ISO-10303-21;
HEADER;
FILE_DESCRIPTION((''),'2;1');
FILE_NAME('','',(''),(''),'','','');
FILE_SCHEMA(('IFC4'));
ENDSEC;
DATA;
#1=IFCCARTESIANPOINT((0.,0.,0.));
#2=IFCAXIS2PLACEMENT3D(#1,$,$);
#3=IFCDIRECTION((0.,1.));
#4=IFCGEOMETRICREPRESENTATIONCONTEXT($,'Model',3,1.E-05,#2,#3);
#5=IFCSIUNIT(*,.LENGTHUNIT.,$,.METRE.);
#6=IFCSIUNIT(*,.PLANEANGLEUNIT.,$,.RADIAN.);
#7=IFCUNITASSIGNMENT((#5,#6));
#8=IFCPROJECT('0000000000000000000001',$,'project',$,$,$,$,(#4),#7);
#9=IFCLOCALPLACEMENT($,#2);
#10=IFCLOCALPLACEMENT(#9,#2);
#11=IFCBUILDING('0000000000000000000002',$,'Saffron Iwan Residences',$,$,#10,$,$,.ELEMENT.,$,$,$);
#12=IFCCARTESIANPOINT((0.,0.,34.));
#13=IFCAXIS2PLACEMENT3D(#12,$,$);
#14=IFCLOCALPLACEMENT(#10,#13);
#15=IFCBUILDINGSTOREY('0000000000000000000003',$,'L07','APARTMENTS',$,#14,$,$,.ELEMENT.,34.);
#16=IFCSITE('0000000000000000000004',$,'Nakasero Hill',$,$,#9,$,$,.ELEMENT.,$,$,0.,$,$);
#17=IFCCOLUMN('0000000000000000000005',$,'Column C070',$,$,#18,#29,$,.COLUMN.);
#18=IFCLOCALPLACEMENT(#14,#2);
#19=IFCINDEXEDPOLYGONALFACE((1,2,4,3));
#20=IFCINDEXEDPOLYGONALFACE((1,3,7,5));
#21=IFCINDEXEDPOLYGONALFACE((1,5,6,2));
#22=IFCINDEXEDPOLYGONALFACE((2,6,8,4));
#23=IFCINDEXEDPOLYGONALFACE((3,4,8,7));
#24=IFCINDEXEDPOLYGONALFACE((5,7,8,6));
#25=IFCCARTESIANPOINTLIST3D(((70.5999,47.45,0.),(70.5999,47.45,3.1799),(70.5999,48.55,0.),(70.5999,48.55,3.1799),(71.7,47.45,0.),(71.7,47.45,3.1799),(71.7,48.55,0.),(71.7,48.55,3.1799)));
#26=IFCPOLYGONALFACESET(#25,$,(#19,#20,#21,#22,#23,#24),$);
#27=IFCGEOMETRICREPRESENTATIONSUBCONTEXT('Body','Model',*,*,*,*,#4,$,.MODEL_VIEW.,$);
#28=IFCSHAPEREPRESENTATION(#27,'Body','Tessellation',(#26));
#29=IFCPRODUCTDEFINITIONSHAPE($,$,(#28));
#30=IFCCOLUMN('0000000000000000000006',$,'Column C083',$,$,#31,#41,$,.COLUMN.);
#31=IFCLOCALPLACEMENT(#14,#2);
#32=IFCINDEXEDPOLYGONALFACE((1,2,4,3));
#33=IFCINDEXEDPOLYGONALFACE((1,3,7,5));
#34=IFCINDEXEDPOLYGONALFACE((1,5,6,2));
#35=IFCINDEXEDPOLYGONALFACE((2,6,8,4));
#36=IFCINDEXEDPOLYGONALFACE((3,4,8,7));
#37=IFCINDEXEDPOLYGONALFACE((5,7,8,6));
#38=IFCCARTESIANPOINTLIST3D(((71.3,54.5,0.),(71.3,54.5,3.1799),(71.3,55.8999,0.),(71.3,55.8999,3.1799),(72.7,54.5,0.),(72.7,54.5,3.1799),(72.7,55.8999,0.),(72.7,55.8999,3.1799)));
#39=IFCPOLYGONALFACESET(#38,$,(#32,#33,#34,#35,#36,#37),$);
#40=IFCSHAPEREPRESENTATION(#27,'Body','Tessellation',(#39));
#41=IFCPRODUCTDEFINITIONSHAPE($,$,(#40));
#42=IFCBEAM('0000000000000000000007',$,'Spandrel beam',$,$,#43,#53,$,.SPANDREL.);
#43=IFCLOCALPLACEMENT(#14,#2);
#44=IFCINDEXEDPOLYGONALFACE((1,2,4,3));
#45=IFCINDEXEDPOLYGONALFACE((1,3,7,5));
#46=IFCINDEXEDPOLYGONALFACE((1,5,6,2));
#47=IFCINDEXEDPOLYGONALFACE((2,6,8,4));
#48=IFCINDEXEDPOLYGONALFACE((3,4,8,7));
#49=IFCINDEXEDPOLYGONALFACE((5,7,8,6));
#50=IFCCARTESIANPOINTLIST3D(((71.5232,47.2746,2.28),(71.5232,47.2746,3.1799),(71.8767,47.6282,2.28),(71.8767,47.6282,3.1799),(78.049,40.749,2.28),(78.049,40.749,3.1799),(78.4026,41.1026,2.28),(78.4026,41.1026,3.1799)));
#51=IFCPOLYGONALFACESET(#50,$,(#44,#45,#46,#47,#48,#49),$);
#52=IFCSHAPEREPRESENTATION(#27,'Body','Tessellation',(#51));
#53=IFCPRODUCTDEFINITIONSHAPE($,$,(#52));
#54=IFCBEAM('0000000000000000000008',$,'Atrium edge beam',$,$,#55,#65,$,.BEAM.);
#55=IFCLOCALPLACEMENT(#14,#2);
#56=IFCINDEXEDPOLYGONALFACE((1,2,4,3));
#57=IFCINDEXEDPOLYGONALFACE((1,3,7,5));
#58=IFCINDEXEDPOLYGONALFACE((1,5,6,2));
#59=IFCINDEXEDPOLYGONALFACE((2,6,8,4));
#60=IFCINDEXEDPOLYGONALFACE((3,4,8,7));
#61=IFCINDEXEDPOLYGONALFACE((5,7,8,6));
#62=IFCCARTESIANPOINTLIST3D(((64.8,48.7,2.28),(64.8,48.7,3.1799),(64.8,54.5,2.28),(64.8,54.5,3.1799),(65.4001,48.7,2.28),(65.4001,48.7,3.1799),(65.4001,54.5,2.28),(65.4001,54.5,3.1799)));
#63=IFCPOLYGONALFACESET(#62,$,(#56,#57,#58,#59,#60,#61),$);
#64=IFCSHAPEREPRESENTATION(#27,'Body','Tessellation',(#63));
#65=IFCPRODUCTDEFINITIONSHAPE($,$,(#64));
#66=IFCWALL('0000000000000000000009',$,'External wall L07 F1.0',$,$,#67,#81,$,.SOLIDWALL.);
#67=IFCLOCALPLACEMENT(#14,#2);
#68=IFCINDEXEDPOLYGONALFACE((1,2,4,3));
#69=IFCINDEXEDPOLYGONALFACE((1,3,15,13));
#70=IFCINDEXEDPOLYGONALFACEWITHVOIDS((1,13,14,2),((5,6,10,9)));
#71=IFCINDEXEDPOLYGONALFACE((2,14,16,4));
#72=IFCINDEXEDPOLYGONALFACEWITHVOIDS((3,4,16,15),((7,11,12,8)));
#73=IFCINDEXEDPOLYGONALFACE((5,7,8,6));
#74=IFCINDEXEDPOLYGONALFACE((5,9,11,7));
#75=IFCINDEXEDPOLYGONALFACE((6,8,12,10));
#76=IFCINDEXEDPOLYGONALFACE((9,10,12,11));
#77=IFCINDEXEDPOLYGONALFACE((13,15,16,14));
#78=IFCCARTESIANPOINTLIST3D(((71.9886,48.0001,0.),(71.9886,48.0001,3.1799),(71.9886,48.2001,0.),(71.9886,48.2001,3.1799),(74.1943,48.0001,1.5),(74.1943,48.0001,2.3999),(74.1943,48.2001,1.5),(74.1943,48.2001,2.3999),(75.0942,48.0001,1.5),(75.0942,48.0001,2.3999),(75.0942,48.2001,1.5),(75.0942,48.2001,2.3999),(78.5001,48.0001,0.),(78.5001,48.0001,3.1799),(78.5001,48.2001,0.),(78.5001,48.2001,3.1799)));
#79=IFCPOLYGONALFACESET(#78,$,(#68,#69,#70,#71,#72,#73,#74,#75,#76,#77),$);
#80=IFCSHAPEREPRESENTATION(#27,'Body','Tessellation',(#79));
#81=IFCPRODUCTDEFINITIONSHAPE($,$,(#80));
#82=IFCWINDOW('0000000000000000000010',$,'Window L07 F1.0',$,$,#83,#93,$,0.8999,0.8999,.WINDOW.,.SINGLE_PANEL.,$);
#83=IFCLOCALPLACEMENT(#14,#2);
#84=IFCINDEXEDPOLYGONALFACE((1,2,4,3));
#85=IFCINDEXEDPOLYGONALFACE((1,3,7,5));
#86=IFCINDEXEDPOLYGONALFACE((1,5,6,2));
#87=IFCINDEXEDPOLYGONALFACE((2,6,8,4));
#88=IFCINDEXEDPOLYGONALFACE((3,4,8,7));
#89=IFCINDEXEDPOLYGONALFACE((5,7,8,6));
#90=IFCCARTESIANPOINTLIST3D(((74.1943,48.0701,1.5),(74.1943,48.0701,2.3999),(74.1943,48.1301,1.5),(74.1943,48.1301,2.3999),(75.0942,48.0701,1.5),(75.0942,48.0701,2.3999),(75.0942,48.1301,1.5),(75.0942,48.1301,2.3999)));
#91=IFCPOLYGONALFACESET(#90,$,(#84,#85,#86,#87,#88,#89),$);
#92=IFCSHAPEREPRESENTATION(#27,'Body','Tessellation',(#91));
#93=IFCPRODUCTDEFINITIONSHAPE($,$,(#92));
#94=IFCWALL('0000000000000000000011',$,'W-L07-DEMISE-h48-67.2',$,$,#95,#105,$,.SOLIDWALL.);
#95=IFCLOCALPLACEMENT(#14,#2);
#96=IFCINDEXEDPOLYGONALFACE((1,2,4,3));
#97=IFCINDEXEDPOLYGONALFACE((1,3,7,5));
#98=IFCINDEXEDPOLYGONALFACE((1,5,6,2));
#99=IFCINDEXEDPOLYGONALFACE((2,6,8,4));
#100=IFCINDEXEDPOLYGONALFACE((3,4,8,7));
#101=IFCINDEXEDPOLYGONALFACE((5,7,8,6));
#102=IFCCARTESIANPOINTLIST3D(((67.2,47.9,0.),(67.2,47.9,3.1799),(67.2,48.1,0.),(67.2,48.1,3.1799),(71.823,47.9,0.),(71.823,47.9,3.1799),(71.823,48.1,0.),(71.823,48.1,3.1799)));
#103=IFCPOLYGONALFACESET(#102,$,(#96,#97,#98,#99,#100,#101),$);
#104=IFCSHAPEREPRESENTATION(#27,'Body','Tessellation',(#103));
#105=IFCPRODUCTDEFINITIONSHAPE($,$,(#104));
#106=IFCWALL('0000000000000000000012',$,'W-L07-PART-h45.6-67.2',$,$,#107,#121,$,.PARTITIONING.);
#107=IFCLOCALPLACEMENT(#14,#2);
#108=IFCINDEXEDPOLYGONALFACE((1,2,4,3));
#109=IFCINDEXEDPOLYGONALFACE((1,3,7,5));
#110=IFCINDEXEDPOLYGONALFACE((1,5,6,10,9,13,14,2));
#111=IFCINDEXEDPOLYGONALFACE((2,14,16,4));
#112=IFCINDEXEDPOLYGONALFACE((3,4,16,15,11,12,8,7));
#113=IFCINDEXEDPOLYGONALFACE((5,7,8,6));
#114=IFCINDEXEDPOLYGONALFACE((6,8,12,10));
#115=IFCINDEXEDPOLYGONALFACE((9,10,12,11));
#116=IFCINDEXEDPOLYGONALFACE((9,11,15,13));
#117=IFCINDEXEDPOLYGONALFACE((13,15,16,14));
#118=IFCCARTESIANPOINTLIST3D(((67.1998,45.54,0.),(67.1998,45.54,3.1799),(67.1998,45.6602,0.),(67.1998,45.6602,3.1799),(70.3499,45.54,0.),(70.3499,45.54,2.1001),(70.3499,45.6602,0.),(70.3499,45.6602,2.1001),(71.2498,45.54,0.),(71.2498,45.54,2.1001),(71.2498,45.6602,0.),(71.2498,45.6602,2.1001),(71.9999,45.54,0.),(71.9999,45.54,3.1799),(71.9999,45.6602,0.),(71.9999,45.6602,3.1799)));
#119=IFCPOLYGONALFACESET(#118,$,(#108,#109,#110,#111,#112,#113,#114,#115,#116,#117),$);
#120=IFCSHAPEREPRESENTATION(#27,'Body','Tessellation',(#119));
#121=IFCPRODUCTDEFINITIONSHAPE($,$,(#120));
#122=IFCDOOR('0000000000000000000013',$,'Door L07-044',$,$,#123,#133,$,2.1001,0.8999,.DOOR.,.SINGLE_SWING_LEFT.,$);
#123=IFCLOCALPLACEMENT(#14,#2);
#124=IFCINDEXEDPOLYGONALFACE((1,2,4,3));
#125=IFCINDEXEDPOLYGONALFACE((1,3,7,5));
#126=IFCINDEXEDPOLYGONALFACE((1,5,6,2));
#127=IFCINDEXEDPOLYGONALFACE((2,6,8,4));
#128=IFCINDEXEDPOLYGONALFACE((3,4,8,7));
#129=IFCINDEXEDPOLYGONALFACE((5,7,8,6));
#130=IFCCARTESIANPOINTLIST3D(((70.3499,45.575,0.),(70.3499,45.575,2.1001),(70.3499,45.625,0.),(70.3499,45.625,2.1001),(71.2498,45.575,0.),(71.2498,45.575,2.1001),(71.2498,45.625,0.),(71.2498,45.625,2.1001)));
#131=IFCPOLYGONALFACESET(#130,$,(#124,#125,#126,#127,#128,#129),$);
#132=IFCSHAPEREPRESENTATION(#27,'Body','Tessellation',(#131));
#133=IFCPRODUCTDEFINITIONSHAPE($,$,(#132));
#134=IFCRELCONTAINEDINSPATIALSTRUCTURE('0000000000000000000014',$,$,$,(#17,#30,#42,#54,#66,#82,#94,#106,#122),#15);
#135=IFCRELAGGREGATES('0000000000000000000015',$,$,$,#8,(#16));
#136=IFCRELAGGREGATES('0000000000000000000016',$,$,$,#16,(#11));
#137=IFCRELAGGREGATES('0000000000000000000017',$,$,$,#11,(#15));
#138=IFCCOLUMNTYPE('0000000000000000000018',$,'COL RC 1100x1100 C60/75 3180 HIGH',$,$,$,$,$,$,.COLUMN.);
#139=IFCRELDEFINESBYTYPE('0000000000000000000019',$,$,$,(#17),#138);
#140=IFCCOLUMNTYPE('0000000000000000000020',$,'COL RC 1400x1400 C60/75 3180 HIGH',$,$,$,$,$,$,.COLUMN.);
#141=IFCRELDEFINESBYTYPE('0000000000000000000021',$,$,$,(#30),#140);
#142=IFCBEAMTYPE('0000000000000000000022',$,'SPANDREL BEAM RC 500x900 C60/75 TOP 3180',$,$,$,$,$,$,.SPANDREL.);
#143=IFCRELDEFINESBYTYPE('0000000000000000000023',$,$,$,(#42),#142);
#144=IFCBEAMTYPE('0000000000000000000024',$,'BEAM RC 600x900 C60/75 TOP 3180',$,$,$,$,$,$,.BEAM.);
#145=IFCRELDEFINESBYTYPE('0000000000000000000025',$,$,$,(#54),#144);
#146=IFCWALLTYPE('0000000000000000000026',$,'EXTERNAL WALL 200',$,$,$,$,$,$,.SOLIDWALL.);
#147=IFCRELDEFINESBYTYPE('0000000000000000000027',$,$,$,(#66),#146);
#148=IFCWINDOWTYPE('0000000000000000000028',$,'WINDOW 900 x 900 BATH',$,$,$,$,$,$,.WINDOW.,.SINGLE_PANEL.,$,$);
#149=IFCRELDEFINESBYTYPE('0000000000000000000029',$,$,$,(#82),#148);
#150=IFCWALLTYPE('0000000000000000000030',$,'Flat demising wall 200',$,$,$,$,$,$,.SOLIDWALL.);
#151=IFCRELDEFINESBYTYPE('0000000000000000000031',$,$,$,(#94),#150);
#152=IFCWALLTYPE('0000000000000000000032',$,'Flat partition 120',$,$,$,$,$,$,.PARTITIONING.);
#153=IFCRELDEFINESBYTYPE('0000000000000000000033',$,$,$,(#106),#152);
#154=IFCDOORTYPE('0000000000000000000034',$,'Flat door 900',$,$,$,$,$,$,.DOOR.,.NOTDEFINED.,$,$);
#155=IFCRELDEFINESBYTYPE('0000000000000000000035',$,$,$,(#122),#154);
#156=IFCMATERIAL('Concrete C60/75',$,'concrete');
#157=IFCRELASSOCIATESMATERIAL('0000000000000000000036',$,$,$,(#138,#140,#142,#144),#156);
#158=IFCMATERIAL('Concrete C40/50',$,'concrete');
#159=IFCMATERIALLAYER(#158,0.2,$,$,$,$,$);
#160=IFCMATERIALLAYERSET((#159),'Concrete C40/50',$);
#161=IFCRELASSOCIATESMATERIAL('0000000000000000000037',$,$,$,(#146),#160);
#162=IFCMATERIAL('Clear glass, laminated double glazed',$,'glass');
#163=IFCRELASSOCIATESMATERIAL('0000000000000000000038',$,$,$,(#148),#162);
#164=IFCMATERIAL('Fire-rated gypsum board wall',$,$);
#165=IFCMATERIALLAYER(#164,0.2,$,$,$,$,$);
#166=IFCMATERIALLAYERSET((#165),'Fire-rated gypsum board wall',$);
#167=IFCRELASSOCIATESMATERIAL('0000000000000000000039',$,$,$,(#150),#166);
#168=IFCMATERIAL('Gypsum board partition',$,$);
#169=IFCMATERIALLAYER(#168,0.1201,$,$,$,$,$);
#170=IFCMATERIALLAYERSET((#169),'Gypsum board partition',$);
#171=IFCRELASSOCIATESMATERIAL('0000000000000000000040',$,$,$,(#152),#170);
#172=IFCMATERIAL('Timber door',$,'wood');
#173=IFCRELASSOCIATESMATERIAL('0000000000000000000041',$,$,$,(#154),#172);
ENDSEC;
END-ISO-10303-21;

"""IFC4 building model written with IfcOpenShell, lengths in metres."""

from ifc_helpers import new_model, si_unit, direction, frame, frame_2d, origin, origin_2d, place, context, subcontext, project, spatial, rectangle, extrude, source, transform, mapped, material, layer, layer_set, material_profile, profile_set, type_object, element, fill, save


model = new_model("IFC4")

# Units and contexts
model_context = context("Model", 3, precision=1e-05, world=origin(), true_north=direction((0.0, 1.0)))
body_context = subcontext(model_context, "Body", "Model", "MODEL_VIEW")
ifc_project = project(units=[si_unit("LENGTHUNIT", "METRE"), si_unit("PLANEANGLEUNIT", "RADIAN")], contexts=[model_context])

# Site, building, storey
site_placement = place(None, origin())
site = spatial("IfcSite", under=ifc_project, at=site_placement, Name="Nakasero Hill", CompositionType="ELEMENT", RefElevation=0.0)
building_placement = place(site_placement, origin())
building = spatial("IfcBuilding", under=site, at=building_placement, Name="Saffron Iwan Residences", CompositionType="ELEMENT")
storey_placement = place(building_placement, frame((0.0, 0.0, 34.0)))
storey = spatial("IfcBuildingStorey", under=building, at=storey_placement, Name="L07", Description="APARTMENTS", CompositionType="ELEMENT", Elevation=34.0)

# Columns
ifc_material_1 = material(Name="Concrete C60/75", Category="concrete")
ifc_material_profile_1 = material_profile(ifc_material_1, rectangle(XDim=1.1001, YDim=1.1001, at=origin_2d()), Name="RC 1100x1100")
ifc_profile_set_1 = profile_set([ifc_material_profile_1], Name="Concrete C60/75")
column_type_1 = type_object("IfcColumnType", Name="COL RC 1100x1100 C60/75 3180 HIGH", PredefinedType="COLUMN", material=ifc_profile_set_1)
shared_shape_1 = source(origin(), body_context, "Body", "SweptSolid", [
    extrude(rectangle(XDim=1.1001, YDim=1.1001, at=origin_2d()), origin(), (0.0, 0.0, 1.0), 3.1799),
])
column_1_placement = place(storey_placement, frame((71.1499, 48.0, 0.0), z_axis=(0.0, 0.0, 1.0), x_axis=(1.0, 0.0, 0.0)))
element("IfcColumn", 1, at=column_1_placement, inside=storey, type_object=column_type_1, Name="Column C070", PredefinedType="COLUMN", context=body_context, shape_type="MappedRepresentation", body=[
    mapped(shared_shape_1, transform((0.0, 0.0, 0.0))),
])
ifc_material_profile_2 = material_profile(ifc_material_1, rectangle(XDim=1.3999, YDim=1.3999, at=origin_2d()), Name="RC 1400x1400")
ifc_profile_set_2 = profile_set([ifc_material_profile_2], Name="Concrete C60/75")
column_type_2 = type_object("IfcColumnType", Name="COL RC 1400x1400 C60/75 3180 HIGH", PredefinedType="COLUMN", material=ifc_profile_set_2)
shared_shape_2 = source(origin(), body_context, "Body", "SweptSolid", [
    extrude(rectangle(XDim=1.3999, YDim=1.3999, at=origin_2d()), origin(), (0.0, 0.0, 1.0), 3.1799),
])
column_2_placement = place(storey_placement, frame((72.0, 55.2, 0.0), z_axis=(0.0, 0.0, 1.0), x_axis=(1.0, 0.0, 0.0)))
element("IfcColumn", 2, at=column_2_placement, inside=storey, type_object=column_type_2, Name="Column C083", PredefinedType="COLUMN", context=body_context, shape_type="MappedRepresentation", body=[
    mapped(shared_shape_2, transform((0.0, 0.0, 0.0))),
])

# Beams
ifc_material_profile_3 = material_profile(ifc_material_1, rectangle(XDim=0.5, YDim=0.8999, at=origin_2d()), Name="RC 500x900")
ifc_profile_set_3 = profile_set([ifc_material_profile_3], Name="Concrete C60/75")
beam_type_1 = type_object("IfcBeamType", Name="SPANDREL BEAM RC 500x900 C60/75 TOP 3180", PredefinedType="SPANDREL", material=ifc_profile_set_3)
shared_shape_3 = source(origin(), body_context, "Body", "SweptSolid", [
    extrude(rectangle(XDim=0.5, YDim=0.8999, at=origin_2d()), origin(), (0.0, 0.0, 1.0), 9.2288),
])
beam_1_placement = place(storey_placement, frame((71.7, 47.4514, 2.73), z_axis=(0.70712, -0.707094, 0.0), x_axis=(0.707094, 0.70712, 0.0)))
element("IfcBeam", 3, at=beam_1_placement, inside=storey, type_object=beam_type_1, Name="Spandrel beam", PredefinedType="SPANDREL", context=body_context, shape_type="MappedRepresentation", body=[
    mapped(shared_shape_3, transform((0.0, 0.0, 0.0))),
])
ifc_material_profile_4 = material_profile(ifc_material_1, rectangle(XDim=0.6001, YDim=0.8999, at=origin_2d()), Name="RC 600x900")
ifc_profile_set_4 = profile_set([ifc_material_profile_4], Name="Concrete C60/75")
beam_type_2 = type_object("IfcBeamType", Name="BEAM RC 600x900 C60/75 TOP 3180", PredefinedType="BEAM", material=ifc_profile_set_4)
shared_shape_4 = source(origin(), body_context, "Body", "SweptSolid", [
    extrude(rectangle(XDim=0.6001, YDim=0.8999, at=origin_2d()), origin(), (0.0, 0.0, 1.0), 5.8),
])
beam_2_placement = place(storey_placement, frame((65.1001, 54.5, 2.73), z_axis=(0.0, -1.0, 0.0), x_axis=(1.0, 0.0, 0.0)))
element("IfcBeam", 4, at=beam_2_placement, inside=storey, type_object=beam_type_2, Name="Atrium edge beam", PredefinedType="BEAM", context=body_context, shape_type="MappedRepresentation", body=[
    mapped(shared_shape_4, transform((0.0, 0.0, 0.0))),
])

# Wall, opening, window
ifc_material_2 = material(Name="Concrete C40/50", Category="concrete")
ifc_layer_1 = layer(ifc_material_2, 0.2)
ifc_layer_set_1 = layer_set([ifc_layer_1], Name="Concrete C40/50")
wall_type_1 = type_object("IfcWallType", Name="EXTERNAL WALL 200", PredefinedType="SOLIDWALL", material=ifc_layer_set_1)
wall_1_placement = place(storey_placement, frame((71.9885, 48.1001, 0.0), z_axis=(0.0, 0.0, 1.0), x_axis=(1.0, 0.0, 0.0)))
wall_1 = element("IfcWall", 5, at=wall_1_placement, inside=storey, type_object=wall_type_1, Name="External wall L07 F1.0", PredefinedType="SOLIDWALL", context=body_context, shape_type="SweptSolid", body=[
    extrude(rectangle(XDim=6.5115, YDim=0.2, at=frame_2d((3.2559, 0.0))), origin(), (0.0, 0.0, 1.0), 3.1799),
])
opening_1_placement = place(wall_1_placement, frame((2.2058, 0.0, 1.5)))
opening_1 = element("IfcOpeningElement", 6, at=opening_1_placement, cuts=wall_1, PredefinedType="OPENING", context=body_context, shape_type="SweptSolid", body=[
    extrude(rectangle(XDim=0.8999, YDim=0.8999, at=frame_2d((0.45, 0.45))), frame((0.0, 0.1099, 0.0), z_axis=(0.0, -1.0, 0.0), x_axis=(1.0, 0.0, 0.0)), (0.0, 0.0, 1.0), 0.22),
])
ifc_material_3 = material(Name="Clear glass, laminated double glazed", Category="glass")
window_type = type_object("IfcWindowType", Name="WINDOW 900 x 900 BATH", PartitioningType="SINGLE_PANEL", PredefinedType="WINDOW", material=ifc_material_3)
window_placement = place(opening_1_placement, origin())
window = element("IfcWindow", 7, at=window_placement, inside=storey, type_object=window_type, Name="Window L07 F1.0", OverallHeight=0.8999, OverallWidth=0.8999, PartitioningType="SINGLE_PANEL", PredefinedType="WINDOW", context=body_context, shape_type="SweptSolid", body=[
    extrude(rectangle(XDim=0.8999, YDim=0.8999, at=frame_2d((0.45, 0.45))), frame((0.0, 0.03, 0.0), z_axis=(0.0, -1.0, 0.0), x_axis=(1.0, 0.0, 0.0)), (0.0, 0.0, 1.0), 0.0601),
])
fill(opening_1, window)

# Wall
ifc_material_4 = material(Name="Fire-rated gypsum board wall")
ifc_layer_2 = layer(ifc_material_4, 0.2)
ifc_layer_set_2 = layer_set([ifc_layer_2], Name="Fire-rated gypsum board wall")
wall_type_2 = type_object("IfcWallType", Name="Flat demising wall 200", PredefinedType="SOLIDWALL", material=ifc_layer_set_2)
wall_2_placement = place(storey_placement, frame((67.2, 48.0, 0.0), z_axis=(0.0, 0.0, 1.0), x_axis=(1.0, 0.0, 0.0)))
element("IfcWall", 8, at=wall_2_placement, inside=storey, type_object=wall_type_2, Name="W-L07-DEMISE-h48-67.2", PredefinedType="SOLIDWALL", context=body_context, shape_type="SweptSolid", body=[
    extrude(rectangle(XDim=4.623, YDim=0.2, at=frame_2d((2.3115, 0.0))), origin(), (0.0, 0.0, 1.0), 3.1799),
])

# Wall, opening, door
ifc_material_5 = material(Name="Gypsum board partition")
ifc_layer_3 = layer(ifc_material_5, 0.1201)
ifc_layer_set_3 = layer_set([ifc_layer_3], Name="Gypsum board partition")
wall_type_3 = type_object("IfcWallType", Name="Flat partition 120", PredefinedType="PARTITIONING", material=ifc_layer_set_3)
wall_3_placement = place(storey_placement, frame((67.2, 45.6001, 0.0), z_axis=(0.0, 0.0, 1.0), x_axis=(1.0, 0.0, 0.0)))
wall_3 = element("IfcWall", 9, at=wall_3_placement, inside=storey, type_object=wall_type_3, Name="W-L07-PART-h45.6-67.2", PredefinedType="PARTITIONING", context=body_context, shape_type="SweptSolid", body=[
    extrude(rectangle(XDim=4.8, YDim=0.1201, at=frame_2d((2.3999, 0.0))), origin(), (0.0, 0.0, 1.0), 3.1799),
])
opening_2_placement = place(wall_3_placement, frame((3.1499, 0.0, 0.0)))
opening_2 = element("IfcOpeningElement", 10, at=opening_2_placement, cuts=wall_3, PredefinedType="OPENING", context=body_context, shape_type="SweptSolid", body=[
    extrude(rectangle(XDim=0.8999, YDim=2.1001, at=frame_2d((0.45, 1.05))), frame((0.0, 0.0701, 0.0), z_axis=(0.0, -1.0, 0.0), x_axis=(1.0, 0.0, 0.0)), (0.0, 0.0, 1.0), 0.1401),
])
ifc_material_6 = material(Name="Timber door", Category="wood")
door_type_1 = type_object("IfcDoorType", Name="Flat door 900", OperationType="NOTDEFINED", PredefinedType="DOOR", material=ifc_material_6)
door_1_placement = place(opening_2_placement, origin())
door_1 = element("IfcDoor", 11, at=door_1_placement, inside=storey, type_object=door_type_1, Name="Door L07-044", OperationType="SINGLE_SWING_LEFT", OverallHeight=2.1001, OverallWidth=0.8999, PredefinedType="DOOR", context=body_context, shape_type="SweptSolid", body=[
    extrude(rectangle(XDim=0.8999, YDim=2.1001, at=frame_2d((0.45, 1.05))), frame((0.0, 0.0249, 0.0), z_axis=(0.0, -1.0, 0.0), x_axis=(1.0, 0.0, 0.0)), (0.0, 0.0, 1.0), 0.05),
])
fill(opening_2, door_1)

save(model, "model.ifc")
